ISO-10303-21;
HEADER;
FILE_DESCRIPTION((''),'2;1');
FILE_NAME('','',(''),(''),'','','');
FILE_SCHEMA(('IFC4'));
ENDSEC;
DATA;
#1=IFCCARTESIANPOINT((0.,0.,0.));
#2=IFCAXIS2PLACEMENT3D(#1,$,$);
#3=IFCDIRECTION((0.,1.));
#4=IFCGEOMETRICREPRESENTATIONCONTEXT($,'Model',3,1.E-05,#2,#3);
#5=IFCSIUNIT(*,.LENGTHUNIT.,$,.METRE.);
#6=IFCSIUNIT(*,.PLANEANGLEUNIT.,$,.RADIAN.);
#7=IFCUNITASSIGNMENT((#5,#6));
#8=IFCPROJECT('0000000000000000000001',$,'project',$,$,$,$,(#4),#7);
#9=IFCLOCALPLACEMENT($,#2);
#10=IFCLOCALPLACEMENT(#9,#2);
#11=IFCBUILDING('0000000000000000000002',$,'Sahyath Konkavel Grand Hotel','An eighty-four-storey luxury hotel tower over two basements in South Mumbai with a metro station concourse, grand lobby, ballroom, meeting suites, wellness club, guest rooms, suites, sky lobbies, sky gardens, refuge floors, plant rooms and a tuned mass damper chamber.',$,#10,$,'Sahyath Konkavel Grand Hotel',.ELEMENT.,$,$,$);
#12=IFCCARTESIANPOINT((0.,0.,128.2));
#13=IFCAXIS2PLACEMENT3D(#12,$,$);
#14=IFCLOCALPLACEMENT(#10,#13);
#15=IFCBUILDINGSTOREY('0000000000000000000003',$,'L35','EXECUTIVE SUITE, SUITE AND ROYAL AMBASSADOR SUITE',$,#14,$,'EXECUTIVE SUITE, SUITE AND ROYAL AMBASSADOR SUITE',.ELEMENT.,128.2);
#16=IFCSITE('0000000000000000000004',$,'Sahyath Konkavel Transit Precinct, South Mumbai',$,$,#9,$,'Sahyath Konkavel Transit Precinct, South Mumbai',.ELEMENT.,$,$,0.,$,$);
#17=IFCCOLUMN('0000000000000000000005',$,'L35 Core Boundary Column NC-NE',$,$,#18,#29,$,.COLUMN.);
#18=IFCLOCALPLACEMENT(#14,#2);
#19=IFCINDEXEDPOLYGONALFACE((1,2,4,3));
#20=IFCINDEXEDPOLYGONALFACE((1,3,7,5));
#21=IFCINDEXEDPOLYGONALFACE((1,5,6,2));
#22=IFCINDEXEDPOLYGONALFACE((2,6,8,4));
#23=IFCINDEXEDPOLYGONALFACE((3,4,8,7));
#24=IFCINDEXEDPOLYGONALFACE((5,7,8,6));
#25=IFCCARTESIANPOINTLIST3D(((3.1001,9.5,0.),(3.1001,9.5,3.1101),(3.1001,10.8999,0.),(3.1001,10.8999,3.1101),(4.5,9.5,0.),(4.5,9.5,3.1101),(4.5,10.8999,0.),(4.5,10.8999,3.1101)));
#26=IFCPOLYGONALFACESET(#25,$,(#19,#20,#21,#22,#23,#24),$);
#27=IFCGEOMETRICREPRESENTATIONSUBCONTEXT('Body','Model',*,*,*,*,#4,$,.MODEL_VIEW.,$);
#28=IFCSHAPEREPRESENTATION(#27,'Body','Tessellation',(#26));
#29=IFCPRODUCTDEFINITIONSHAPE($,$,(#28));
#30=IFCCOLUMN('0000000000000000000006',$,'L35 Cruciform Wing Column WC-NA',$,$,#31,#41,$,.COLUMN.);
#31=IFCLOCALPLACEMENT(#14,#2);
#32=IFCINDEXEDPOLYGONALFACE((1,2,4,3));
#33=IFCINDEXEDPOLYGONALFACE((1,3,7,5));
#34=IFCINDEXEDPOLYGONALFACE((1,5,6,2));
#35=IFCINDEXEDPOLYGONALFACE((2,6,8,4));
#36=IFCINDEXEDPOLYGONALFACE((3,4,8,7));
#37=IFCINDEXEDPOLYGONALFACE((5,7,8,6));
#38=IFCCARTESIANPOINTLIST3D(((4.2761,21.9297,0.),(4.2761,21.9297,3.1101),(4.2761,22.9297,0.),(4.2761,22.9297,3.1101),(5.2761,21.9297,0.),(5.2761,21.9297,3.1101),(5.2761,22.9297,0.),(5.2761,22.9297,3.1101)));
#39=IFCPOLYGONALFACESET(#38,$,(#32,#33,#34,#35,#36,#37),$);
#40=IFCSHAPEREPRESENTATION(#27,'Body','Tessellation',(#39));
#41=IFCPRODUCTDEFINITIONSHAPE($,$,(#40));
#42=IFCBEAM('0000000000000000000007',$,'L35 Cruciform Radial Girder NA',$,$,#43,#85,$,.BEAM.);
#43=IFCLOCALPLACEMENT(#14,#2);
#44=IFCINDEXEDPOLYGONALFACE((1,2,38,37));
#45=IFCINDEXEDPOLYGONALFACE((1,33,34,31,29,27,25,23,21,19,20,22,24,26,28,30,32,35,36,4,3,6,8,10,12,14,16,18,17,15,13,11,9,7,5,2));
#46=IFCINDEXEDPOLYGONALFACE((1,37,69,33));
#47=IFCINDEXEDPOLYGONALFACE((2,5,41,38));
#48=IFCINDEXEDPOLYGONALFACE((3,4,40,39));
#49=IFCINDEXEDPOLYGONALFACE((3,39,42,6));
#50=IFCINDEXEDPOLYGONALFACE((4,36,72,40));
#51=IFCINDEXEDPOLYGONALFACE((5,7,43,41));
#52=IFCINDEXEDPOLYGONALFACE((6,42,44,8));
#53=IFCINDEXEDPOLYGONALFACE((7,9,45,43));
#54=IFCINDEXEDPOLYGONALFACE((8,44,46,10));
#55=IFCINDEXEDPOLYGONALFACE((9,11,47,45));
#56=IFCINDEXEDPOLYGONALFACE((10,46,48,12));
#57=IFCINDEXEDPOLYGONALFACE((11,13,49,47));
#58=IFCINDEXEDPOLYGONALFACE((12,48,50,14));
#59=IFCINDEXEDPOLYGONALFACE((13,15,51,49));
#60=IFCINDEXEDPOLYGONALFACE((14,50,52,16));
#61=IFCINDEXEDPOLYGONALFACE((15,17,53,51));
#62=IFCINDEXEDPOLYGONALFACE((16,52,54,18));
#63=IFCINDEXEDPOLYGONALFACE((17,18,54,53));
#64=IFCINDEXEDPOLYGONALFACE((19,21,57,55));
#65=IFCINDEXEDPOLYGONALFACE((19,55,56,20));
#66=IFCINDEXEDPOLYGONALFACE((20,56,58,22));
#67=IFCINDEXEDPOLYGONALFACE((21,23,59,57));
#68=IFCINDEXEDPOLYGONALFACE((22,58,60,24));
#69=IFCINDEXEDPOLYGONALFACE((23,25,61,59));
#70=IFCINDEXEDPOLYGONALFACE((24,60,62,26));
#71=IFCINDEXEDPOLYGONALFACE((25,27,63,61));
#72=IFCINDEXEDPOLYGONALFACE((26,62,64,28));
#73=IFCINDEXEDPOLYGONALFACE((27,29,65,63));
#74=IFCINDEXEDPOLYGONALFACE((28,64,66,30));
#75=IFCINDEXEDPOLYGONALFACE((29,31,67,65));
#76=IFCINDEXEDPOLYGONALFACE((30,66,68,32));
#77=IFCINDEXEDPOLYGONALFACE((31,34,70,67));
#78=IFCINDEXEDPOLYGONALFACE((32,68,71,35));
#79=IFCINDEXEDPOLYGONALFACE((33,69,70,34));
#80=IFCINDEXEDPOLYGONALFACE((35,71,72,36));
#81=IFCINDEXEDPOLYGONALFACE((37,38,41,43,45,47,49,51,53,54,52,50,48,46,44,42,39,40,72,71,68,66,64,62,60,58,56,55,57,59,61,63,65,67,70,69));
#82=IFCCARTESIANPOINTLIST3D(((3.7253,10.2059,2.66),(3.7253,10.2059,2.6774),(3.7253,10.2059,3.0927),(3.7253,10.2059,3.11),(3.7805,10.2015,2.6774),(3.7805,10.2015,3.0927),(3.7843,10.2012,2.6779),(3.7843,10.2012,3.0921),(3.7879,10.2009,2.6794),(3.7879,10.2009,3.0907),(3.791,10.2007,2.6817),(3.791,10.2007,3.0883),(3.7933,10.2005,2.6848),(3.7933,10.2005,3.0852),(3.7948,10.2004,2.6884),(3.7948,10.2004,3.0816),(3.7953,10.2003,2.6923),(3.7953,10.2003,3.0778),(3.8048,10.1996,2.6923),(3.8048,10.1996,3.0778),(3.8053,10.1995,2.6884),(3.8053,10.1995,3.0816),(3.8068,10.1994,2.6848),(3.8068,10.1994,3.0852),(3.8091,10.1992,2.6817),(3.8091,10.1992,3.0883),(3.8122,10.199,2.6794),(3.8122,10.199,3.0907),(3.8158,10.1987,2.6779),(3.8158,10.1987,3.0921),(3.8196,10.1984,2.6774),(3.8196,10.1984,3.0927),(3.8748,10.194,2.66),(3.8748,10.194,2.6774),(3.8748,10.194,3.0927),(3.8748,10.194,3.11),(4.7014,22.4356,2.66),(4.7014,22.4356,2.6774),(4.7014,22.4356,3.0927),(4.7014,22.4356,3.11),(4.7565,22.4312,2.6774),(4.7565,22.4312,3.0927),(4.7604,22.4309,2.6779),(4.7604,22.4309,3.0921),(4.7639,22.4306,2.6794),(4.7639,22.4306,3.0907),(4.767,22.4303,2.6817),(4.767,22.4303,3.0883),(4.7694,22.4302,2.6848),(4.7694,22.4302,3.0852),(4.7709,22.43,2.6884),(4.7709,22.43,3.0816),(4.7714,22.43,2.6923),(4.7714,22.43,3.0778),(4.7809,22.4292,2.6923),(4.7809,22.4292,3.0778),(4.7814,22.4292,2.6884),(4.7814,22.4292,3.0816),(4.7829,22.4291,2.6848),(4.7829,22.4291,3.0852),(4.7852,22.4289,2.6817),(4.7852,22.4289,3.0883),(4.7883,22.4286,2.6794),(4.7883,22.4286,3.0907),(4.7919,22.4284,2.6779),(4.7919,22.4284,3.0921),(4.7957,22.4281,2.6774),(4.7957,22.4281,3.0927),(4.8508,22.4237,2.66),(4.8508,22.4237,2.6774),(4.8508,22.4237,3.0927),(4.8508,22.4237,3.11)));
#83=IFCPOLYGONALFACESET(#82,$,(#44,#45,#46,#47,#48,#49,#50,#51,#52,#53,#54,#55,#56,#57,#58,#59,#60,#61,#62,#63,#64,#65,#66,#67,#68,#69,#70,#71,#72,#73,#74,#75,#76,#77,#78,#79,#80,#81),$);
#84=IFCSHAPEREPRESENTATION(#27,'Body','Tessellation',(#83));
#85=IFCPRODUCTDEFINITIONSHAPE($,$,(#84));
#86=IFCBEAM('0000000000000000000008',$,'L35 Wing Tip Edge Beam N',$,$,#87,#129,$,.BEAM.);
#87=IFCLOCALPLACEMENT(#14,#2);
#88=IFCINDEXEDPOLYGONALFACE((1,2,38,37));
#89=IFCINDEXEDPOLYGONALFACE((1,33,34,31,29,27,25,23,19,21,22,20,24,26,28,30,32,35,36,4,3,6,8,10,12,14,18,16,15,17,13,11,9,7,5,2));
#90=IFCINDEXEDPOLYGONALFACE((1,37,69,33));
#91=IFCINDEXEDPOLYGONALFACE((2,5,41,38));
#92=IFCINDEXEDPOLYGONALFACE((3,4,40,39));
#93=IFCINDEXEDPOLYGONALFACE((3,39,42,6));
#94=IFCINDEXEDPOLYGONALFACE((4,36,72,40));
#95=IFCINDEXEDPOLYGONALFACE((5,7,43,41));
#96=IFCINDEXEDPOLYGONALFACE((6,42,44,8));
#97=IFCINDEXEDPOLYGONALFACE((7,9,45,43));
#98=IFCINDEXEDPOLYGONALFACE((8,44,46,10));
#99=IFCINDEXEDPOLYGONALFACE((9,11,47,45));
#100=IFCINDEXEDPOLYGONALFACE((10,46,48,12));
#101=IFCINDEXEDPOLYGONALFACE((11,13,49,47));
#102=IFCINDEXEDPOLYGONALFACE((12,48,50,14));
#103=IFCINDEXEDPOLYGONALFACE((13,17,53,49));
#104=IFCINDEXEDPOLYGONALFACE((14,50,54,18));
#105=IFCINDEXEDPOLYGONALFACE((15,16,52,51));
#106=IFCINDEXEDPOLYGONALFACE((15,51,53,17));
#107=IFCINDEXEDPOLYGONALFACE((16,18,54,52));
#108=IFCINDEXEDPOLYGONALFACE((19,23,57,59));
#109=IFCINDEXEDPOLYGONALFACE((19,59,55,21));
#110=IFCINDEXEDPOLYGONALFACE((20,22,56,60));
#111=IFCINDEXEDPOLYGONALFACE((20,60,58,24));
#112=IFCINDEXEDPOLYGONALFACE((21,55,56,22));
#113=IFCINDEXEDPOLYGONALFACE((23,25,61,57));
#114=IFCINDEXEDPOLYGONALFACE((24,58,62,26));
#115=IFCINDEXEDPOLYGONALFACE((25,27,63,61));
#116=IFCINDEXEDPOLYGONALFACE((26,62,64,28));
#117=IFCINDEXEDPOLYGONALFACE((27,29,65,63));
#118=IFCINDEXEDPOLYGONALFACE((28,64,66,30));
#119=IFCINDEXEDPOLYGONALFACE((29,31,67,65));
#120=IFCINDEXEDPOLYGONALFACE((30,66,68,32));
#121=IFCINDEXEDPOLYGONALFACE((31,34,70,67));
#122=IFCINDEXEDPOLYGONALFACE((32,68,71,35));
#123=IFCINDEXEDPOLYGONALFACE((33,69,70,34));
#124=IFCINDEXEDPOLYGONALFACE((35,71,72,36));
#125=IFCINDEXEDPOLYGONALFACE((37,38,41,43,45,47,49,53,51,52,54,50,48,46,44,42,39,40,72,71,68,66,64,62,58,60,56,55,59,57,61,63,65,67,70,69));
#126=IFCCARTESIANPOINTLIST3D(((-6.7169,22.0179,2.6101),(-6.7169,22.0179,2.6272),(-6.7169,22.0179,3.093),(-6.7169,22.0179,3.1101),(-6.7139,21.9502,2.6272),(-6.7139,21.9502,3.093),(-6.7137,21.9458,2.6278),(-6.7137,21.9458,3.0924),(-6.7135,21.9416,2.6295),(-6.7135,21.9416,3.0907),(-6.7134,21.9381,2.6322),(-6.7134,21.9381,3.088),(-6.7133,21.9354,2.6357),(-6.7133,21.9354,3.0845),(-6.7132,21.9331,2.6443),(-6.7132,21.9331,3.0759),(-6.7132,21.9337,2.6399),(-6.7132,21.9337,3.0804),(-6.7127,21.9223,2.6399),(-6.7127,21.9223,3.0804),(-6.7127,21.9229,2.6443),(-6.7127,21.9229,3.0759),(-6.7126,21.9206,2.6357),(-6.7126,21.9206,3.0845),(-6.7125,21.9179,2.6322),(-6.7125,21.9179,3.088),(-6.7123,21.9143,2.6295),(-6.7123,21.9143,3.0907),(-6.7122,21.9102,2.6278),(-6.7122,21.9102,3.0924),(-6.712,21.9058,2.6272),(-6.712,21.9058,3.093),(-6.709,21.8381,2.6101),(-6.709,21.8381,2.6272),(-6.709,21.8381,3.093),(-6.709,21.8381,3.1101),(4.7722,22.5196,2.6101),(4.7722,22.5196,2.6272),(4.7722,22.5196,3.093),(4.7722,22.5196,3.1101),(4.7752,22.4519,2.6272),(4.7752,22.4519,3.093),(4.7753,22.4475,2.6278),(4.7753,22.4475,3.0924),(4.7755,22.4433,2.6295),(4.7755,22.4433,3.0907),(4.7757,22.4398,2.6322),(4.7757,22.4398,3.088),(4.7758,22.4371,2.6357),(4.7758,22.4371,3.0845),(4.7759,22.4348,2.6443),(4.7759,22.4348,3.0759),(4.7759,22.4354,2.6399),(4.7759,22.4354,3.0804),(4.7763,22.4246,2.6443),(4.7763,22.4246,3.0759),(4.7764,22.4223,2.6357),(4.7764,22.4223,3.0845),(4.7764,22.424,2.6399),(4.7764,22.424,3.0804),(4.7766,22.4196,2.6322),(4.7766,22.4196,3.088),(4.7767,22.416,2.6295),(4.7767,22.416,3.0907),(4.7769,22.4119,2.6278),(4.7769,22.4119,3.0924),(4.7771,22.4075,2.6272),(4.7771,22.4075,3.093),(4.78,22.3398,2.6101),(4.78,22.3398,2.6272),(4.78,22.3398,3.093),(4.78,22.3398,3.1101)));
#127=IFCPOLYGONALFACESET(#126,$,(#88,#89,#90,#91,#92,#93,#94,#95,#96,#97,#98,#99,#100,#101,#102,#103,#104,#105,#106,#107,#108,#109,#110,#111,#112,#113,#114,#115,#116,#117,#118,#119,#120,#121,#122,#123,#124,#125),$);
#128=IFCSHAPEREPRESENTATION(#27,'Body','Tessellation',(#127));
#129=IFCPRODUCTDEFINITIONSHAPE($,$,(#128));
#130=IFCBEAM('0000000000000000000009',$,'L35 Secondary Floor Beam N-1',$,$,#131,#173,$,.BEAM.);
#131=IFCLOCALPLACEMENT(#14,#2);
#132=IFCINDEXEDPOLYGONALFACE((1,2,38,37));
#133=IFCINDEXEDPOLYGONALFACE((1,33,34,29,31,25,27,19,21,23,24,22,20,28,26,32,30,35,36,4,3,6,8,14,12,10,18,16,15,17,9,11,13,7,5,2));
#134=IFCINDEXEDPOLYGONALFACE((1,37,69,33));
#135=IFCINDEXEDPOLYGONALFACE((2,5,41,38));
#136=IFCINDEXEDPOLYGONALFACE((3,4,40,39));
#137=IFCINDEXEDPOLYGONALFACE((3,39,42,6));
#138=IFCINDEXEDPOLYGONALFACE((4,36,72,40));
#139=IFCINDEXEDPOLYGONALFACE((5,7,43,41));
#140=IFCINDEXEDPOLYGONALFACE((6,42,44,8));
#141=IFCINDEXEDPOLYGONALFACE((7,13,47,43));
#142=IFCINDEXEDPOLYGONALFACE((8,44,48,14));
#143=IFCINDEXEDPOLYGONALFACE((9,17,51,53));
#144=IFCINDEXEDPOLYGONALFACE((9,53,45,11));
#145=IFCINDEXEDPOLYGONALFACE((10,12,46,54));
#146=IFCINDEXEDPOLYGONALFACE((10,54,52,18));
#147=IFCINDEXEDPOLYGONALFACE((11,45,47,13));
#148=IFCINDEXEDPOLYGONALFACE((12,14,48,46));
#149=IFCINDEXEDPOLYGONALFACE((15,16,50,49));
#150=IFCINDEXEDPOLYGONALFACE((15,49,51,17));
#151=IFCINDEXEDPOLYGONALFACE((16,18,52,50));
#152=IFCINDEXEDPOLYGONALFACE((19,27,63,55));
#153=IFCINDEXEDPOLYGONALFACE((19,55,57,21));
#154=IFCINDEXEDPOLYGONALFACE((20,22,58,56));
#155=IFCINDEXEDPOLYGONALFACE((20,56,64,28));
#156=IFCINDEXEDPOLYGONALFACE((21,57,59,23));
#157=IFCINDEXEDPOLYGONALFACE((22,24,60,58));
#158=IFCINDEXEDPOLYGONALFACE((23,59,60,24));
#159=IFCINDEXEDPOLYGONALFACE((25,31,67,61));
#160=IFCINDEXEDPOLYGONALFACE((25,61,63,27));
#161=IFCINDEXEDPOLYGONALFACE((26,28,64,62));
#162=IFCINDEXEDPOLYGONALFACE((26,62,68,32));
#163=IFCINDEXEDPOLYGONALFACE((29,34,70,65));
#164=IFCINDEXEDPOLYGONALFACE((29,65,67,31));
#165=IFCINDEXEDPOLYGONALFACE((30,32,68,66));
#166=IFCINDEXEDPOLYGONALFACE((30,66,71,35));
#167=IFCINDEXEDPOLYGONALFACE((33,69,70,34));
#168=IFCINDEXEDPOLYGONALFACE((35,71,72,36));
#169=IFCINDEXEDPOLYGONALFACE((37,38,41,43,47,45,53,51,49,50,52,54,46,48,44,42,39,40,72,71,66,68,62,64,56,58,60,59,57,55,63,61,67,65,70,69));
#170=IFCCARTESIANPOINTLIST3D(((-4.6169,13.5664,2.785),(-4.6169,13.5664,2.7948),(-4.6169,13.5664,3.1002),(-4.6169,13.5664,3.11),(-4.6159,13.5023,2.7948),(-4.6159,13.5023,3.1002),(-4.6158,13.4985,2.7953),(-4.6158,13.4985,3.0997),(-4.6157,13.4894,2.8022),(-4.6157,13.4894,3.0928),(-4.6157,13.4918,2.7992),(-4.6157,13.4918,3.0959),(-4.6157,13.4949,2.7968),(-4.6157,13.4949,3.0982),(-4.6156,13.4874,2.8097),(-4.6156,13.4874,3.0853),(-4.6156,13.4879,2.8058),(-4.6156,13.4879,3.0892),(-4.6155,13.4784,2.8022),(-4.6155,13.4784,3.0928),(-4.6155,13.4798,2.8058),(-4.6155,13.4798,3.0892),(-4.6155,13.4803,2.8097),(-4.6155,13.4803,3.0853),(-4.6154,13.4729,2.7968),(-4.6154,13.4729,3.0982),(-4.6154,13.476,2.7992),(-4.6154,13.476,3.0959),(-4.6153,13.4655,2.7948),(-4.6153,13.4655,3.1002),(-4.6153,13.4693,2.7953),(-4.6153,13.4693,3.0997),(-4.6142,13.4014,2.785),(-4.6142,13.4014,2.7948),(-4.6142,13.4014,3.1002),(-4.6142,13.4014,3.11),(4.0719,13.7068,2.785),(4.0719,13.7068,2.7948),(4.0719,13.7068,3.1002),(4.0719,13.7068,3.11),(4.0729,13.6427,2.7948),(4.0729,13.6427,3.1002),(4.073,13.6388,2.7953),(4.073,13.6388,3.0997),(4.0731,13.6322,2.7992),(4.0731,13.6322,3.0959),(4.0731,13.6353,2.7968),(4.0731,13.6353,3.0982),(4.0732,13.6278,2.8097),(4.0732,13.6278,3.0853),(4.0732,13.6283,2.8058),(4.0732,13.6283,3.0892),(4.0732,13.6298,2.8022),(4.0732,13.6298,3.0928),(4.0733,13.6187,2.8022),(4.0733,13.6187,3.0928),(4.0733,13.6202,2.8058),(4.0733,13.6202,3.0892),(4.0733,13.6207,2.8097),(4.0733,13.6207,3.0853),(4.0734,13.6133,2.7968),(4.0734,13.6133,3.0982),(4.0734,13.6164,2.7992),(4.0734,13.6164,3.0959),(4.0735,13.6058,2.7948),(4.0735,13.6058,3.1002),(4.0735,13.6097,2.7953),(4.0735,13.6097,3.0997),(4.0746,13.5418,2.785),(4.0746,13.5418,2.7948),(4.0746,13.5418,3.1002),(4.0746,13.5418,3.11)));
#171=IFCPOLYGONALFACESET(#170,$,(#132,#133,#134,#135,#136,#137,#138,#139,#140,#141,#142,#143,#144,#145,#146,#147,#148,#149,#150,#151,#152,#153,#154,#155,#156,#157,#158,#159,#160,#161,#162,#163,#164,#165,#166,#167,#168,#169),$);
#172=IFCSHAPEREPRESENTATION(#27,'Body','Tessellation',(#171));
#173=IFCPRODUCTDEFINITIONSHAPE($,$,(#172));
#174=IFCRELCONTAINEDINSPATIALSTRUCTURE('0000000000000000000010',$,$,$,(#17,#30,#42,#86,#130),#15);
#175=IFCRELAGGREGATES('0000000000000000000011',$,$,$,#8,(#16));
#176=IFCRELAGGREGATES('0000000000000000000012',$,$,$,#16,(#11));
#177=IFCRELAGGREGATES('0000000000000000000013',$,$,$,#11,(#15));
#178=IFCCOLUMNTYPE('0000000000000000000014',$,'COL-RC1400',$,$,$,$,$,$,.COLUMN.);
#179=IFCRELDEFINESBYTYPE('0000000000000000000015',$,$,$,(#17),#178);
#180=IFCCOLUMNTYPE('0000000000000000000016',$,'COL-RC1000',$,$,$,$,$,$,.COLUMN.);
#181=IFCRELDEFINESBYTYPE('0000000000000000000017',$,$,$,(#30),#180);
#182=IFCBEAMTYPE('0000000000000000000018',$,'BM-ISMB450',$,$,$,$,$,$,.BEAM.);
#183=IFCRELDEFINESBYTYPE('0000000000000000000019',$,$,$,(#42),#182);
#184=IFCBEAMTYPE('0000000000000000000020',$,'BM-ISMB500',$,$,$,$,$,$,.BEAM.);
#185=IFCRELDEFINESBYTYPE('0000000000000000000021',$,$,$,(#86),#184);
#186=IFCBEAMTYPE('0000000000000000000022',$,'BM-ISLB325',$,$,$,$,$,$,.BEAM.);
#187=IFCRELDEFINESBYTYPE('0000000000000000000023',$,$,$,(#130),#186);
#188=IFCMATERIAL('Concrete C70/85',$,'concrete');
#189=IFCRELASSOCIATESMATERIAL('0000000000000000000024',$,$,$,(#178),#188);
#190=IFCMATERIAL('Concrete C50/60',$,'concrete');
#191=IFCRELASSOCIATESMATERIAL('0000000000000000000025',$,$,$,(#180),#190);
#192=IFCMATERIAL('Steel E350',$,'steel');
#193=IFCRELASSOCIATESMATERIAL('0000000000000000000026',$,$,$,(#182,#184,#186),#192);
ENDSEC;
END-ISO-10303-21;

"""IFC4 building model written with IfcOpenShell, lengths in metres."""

from ifc_helpers import new_model, si_unit, direction, frame, origin, origin_2d, place, context, subcontext, project, spatial, rectangle, i_section, extrude, source, transform, mapped, material, material_profile, profile_set, type_object, element, save


model = new_model("IFC4")

# Units and contexts
model_context = context("Model", 3, precision=1e-05, world=origin(), true_north=direction((0.0, 1.0)))
body_context = subcontext(model_context, "Body", "Model", "MODEL_VIEW")
ifc_project = project(units=[si_unit("LENGTHUNIT", "METRE"), si_unit("PLANEANGLEUNIT", "RADIAN")], contexts=[model_context])

# Site, building, storey
site_placement = place(None, origin())
site = spatial("IfcSite", under=ifc_project, at=site_placement, Name="Sahyath Konkavel Transit Precinct, South Mumbai", LongName="Sahyath Konkavel Transit Precinct, South Mumbai", CompositionType="ELEMENT", RefElevation=0.0)
building_placement = place(site_placement, origin())
building = spatial("IfcBuilding", under=site, at=building_placement, Name="Sahyath Konkavel Grand Hotel", Description="An eighty-four-storey luxury hotel tower over two basements in South Mumbai with a metro station concourse, grand lobby, ballroom, meeting suites, wellness club, guest rooms, suites, sky lobbies, sky gardens, refuge floors, plant rooms and a tuned mass damper chamber.", LongName="Sahyath Konkavel Grand Hotel", CompositionType="ELEMENT")
storey_placement = place(building_placement, frame((0.0, 0.0, 128.2)))
storey = spatial("IfcBuildingStorey", under=building, at=storey_placement, Name="L35", Description="EXECUTIVE SUITE, SUITE AND ROYAL AMBASSADOR SUITE", LongName="EXECUTIVE SUITE, SUITE AND ROYAL AMBASSADOR SUITE", CompositionType="ELEMENT", Elevation=128.2)

# Columns
ifc_material_1 = material(Name="Concrete C70/85", Category="concrete")
ifc_material_profile_1 = material_profile(ifc_material_1, rectangle(XDim=1.3999, YDim=1.3999, at=origin_2d()), Name="RC 1400x1400")
ifc_profile_set_1 = profile_set([ifc_material_profile_1], Name="Concrete C70/85")
column_type_1 = type_object("IfcColumnType", Name="COL-RC1400", PredefinedType="COLUMN", material=ifc_profile_set_1)
shared_shape_1 = source(origin(), body_context, "Body", "SweptSolid", [
    extrude(rectangle(XDim=1.3999, YDim=1.3999, at=origin_2d()), origin(), (0.0, 0.0, 1.0), 3.1101),
])
column_1_placement = place(storey_placement, frame((3.8, 10.2, 0.0), z_axis=(0.0, 0.0, 1.0), x_axis=(1.0, 0.0, 0.0)))
element("IfcColumn", 1, at=column_1_placement, inside=storey, type_object=column_type_1, Name="L35 Core Boundary Column NC-NE", PredefinedType="COLUMN", context=body_context, shape_type="MappedRepresentation", body=[
    mapped(shared_shape_1, transform((0.0, 0.0, 0.0), scale=1.0)),
])
ifc_material_2 = material(Name="Concrete C50/60", Category="concrete")
ifc_material_profile_2 = material_profile(ifc_material_2, rectangle(XDim=1.0, YDim=1.0, at=origin_2d()), Name="RC 1000x1000")
ifc_profile_set_2 = profile_set([ifc_material_profile_2], Name="Concrete C50/60")
column_type_2 = type_object("IfcColumnType", Name="COL-RC1000", PredefinedType="COLUMN", material=ifc_profile_set_2)
shared_shape_2 = source(origin(), body_context, "Body", "SweptSolid", [
    extrude(rectangle(XDim=1.0, YDim=1.0, at=origin_2d()), origin(), (0.0, 0.0, 1.0), 3.1101),
])
column_2_placement = place(storey_placement, frame((4.7761, 22.4297, 0.0), z_axis=(0.0, 0.0, 1.0), x_axis=(1.0, 0.0, 0.0)))
element("IfcColumn", 2, at=column_2_placement, inside=storey, type_object=column_type_2, Name="L35 Cruciform Wing Column WC-NA", PredefinedType="COLUMN", context=body_context, shape_type="MappedRepresentation", body=[
    mapped(shared_shape_2, transform((0.0, 0.0, 0.0), scale=1.0)),
])

# Beams
ifc_material_3 = material(Name="Steel E350", Category="steel")
ifc_material_profile_3 = material_profile(ifc_material_3, i_section(OverallWidth=0.1499, OverallDepth=0.45, WebThickness=0.0095, FlangeThickness=0.0173, FilletRadius=0.0149, at=origin_2d()), Name="ISMB 450")
ifc_profile_set_3 = profile_set([ifc_material_profile_3], Name="Steel E350")
beam_type_1 = type_object("IfcBeamType", Name="BM-ISMB450", PredefinedType="BEAM", material=ifc_profile_set_3)
shared_shape_3 = source(origin(), body_context, "Body", "SweptSolid", [
    extrude(i_section(OverallWidth=0.1499, OverallDepth=0.45, WebThickness=0.0095, FlangeThickness=0.0173, FilletRadius=0.0149, at=origin_2d()), origin(), (0.0, 0.0, 1.0), 12.2686),
])
beam_1_placement = place(storey_placement, frame((3.8, 10.2, 2.885), z_axis=(0.079559, 0.99683, 0.0), x_axis=(-0.99683, 0.079559, 0.0)))
element("IfcBeam", 3, at=beam_1_placement, inside=storey, type_object=beam_type_1, Name="L35 Cruciform Radial Girder NA", PredefinedType="BEAM", context=body_context, shape_type="MappedRepresentation", body=[
    mapped(shared_shape_3, transform((0.0, 0.0, 0.0), scale=1.0)),
])
ifc_material_profile_4 = material_profile(ifc_material_3, i_section(OverallWidth=0.1799, OverallDepth=0.5, WebThickness=0.0103, FlangeThickness=0.0171, FilletRadius=0.0171, at=origin_2d()), Name="ISMB 500")
ifc_profile_set_4 = profile_set([ifc_material_profile_4], Name="Steel E350")
beam_type_2 = type_object("IfcBeamType", Name="BM-ISMB500", PredefinedType="BEAM", material=ifc_profile_set_4)
shared_shape_4 = source(origin(), body_context, "Body", "SweptSolid", [
    extrude(i_section(OverallWidth=0.1799, OverallDepth=0.5, WebThickness=0.0103, FlangeThickness=0.0171, FilletRadius=0.0171, at=origin_2d()), origin(), (0.0, 0.0, 1.0), 11.5),
])
beam_2_placement = place(storey_placement, frame((4.7761, 22.4297, 2.8601), z_axis=(-0.999048, -0.043627, 0.0), x_axis=(0.043627, -0.999048, 0.0)))
element("IfcBeam", 4, at=beam_2_placement, inside=storey, type_object=beam_type_2, Name="L35 Wing Tip Edge Beam N", PredefinedType="BEAM", context=body_context, shape_type="MappedRepresentation", body=[
    mapped(shared_shape_4, transform((0.0, 0.0, 0.0), scale=1.0)),
])
ifc_material_profile_5 = material_profile(ifc_material_3, i_section(OverallWidth=0.165, OverallDepth=0.325, WebThickness=0.0071, FlangeThickness=0.0098, FilletRadius=0.0149, at=origin_2d()), Name="ISLB 325")
ifc_profile_set_5 = profile_set([ifc_material_profile_5], Name="Steel E350")
beam_type_3 = type_object("IfcBeamType", Name="BM-ISLB325", PredefinedType="BEAM", material=ifc_profile_set_5)
shared_shape_5 = source(origin(), body_context, "Body", "SweptSolid", [
    extrude(i_section(OverallWidth=0.165, OverallDepth=0.325, WebThickness=0.0071, FlangeThickness=0.0098, FilletRadius=0.0149, at=origin_2d()), origin(), (0.0, 0.0, 1.0), 8.6899),
])
beam_3_placement = place(storey_placement, frame((4.0732, 13.6243, 2.9475), z_axis=(-0.99987, -0.016155, 0.0), x_axis=(0.016155, -0.99987, 0.0)))
element("IfcBeam", 5, at=beam_3_placement, inside=storey, type_object=beam_type_3, Name="L35 Secondary Floor Beam N-1", PredefinedType="BEAM", context=body_context, shape_type="MappedRepresentation", body=[
    mapped(shared_shape_5, transform((0.0, 0.0, 0.0), scale=1.0)),
])

save(model, "model.ifc")
